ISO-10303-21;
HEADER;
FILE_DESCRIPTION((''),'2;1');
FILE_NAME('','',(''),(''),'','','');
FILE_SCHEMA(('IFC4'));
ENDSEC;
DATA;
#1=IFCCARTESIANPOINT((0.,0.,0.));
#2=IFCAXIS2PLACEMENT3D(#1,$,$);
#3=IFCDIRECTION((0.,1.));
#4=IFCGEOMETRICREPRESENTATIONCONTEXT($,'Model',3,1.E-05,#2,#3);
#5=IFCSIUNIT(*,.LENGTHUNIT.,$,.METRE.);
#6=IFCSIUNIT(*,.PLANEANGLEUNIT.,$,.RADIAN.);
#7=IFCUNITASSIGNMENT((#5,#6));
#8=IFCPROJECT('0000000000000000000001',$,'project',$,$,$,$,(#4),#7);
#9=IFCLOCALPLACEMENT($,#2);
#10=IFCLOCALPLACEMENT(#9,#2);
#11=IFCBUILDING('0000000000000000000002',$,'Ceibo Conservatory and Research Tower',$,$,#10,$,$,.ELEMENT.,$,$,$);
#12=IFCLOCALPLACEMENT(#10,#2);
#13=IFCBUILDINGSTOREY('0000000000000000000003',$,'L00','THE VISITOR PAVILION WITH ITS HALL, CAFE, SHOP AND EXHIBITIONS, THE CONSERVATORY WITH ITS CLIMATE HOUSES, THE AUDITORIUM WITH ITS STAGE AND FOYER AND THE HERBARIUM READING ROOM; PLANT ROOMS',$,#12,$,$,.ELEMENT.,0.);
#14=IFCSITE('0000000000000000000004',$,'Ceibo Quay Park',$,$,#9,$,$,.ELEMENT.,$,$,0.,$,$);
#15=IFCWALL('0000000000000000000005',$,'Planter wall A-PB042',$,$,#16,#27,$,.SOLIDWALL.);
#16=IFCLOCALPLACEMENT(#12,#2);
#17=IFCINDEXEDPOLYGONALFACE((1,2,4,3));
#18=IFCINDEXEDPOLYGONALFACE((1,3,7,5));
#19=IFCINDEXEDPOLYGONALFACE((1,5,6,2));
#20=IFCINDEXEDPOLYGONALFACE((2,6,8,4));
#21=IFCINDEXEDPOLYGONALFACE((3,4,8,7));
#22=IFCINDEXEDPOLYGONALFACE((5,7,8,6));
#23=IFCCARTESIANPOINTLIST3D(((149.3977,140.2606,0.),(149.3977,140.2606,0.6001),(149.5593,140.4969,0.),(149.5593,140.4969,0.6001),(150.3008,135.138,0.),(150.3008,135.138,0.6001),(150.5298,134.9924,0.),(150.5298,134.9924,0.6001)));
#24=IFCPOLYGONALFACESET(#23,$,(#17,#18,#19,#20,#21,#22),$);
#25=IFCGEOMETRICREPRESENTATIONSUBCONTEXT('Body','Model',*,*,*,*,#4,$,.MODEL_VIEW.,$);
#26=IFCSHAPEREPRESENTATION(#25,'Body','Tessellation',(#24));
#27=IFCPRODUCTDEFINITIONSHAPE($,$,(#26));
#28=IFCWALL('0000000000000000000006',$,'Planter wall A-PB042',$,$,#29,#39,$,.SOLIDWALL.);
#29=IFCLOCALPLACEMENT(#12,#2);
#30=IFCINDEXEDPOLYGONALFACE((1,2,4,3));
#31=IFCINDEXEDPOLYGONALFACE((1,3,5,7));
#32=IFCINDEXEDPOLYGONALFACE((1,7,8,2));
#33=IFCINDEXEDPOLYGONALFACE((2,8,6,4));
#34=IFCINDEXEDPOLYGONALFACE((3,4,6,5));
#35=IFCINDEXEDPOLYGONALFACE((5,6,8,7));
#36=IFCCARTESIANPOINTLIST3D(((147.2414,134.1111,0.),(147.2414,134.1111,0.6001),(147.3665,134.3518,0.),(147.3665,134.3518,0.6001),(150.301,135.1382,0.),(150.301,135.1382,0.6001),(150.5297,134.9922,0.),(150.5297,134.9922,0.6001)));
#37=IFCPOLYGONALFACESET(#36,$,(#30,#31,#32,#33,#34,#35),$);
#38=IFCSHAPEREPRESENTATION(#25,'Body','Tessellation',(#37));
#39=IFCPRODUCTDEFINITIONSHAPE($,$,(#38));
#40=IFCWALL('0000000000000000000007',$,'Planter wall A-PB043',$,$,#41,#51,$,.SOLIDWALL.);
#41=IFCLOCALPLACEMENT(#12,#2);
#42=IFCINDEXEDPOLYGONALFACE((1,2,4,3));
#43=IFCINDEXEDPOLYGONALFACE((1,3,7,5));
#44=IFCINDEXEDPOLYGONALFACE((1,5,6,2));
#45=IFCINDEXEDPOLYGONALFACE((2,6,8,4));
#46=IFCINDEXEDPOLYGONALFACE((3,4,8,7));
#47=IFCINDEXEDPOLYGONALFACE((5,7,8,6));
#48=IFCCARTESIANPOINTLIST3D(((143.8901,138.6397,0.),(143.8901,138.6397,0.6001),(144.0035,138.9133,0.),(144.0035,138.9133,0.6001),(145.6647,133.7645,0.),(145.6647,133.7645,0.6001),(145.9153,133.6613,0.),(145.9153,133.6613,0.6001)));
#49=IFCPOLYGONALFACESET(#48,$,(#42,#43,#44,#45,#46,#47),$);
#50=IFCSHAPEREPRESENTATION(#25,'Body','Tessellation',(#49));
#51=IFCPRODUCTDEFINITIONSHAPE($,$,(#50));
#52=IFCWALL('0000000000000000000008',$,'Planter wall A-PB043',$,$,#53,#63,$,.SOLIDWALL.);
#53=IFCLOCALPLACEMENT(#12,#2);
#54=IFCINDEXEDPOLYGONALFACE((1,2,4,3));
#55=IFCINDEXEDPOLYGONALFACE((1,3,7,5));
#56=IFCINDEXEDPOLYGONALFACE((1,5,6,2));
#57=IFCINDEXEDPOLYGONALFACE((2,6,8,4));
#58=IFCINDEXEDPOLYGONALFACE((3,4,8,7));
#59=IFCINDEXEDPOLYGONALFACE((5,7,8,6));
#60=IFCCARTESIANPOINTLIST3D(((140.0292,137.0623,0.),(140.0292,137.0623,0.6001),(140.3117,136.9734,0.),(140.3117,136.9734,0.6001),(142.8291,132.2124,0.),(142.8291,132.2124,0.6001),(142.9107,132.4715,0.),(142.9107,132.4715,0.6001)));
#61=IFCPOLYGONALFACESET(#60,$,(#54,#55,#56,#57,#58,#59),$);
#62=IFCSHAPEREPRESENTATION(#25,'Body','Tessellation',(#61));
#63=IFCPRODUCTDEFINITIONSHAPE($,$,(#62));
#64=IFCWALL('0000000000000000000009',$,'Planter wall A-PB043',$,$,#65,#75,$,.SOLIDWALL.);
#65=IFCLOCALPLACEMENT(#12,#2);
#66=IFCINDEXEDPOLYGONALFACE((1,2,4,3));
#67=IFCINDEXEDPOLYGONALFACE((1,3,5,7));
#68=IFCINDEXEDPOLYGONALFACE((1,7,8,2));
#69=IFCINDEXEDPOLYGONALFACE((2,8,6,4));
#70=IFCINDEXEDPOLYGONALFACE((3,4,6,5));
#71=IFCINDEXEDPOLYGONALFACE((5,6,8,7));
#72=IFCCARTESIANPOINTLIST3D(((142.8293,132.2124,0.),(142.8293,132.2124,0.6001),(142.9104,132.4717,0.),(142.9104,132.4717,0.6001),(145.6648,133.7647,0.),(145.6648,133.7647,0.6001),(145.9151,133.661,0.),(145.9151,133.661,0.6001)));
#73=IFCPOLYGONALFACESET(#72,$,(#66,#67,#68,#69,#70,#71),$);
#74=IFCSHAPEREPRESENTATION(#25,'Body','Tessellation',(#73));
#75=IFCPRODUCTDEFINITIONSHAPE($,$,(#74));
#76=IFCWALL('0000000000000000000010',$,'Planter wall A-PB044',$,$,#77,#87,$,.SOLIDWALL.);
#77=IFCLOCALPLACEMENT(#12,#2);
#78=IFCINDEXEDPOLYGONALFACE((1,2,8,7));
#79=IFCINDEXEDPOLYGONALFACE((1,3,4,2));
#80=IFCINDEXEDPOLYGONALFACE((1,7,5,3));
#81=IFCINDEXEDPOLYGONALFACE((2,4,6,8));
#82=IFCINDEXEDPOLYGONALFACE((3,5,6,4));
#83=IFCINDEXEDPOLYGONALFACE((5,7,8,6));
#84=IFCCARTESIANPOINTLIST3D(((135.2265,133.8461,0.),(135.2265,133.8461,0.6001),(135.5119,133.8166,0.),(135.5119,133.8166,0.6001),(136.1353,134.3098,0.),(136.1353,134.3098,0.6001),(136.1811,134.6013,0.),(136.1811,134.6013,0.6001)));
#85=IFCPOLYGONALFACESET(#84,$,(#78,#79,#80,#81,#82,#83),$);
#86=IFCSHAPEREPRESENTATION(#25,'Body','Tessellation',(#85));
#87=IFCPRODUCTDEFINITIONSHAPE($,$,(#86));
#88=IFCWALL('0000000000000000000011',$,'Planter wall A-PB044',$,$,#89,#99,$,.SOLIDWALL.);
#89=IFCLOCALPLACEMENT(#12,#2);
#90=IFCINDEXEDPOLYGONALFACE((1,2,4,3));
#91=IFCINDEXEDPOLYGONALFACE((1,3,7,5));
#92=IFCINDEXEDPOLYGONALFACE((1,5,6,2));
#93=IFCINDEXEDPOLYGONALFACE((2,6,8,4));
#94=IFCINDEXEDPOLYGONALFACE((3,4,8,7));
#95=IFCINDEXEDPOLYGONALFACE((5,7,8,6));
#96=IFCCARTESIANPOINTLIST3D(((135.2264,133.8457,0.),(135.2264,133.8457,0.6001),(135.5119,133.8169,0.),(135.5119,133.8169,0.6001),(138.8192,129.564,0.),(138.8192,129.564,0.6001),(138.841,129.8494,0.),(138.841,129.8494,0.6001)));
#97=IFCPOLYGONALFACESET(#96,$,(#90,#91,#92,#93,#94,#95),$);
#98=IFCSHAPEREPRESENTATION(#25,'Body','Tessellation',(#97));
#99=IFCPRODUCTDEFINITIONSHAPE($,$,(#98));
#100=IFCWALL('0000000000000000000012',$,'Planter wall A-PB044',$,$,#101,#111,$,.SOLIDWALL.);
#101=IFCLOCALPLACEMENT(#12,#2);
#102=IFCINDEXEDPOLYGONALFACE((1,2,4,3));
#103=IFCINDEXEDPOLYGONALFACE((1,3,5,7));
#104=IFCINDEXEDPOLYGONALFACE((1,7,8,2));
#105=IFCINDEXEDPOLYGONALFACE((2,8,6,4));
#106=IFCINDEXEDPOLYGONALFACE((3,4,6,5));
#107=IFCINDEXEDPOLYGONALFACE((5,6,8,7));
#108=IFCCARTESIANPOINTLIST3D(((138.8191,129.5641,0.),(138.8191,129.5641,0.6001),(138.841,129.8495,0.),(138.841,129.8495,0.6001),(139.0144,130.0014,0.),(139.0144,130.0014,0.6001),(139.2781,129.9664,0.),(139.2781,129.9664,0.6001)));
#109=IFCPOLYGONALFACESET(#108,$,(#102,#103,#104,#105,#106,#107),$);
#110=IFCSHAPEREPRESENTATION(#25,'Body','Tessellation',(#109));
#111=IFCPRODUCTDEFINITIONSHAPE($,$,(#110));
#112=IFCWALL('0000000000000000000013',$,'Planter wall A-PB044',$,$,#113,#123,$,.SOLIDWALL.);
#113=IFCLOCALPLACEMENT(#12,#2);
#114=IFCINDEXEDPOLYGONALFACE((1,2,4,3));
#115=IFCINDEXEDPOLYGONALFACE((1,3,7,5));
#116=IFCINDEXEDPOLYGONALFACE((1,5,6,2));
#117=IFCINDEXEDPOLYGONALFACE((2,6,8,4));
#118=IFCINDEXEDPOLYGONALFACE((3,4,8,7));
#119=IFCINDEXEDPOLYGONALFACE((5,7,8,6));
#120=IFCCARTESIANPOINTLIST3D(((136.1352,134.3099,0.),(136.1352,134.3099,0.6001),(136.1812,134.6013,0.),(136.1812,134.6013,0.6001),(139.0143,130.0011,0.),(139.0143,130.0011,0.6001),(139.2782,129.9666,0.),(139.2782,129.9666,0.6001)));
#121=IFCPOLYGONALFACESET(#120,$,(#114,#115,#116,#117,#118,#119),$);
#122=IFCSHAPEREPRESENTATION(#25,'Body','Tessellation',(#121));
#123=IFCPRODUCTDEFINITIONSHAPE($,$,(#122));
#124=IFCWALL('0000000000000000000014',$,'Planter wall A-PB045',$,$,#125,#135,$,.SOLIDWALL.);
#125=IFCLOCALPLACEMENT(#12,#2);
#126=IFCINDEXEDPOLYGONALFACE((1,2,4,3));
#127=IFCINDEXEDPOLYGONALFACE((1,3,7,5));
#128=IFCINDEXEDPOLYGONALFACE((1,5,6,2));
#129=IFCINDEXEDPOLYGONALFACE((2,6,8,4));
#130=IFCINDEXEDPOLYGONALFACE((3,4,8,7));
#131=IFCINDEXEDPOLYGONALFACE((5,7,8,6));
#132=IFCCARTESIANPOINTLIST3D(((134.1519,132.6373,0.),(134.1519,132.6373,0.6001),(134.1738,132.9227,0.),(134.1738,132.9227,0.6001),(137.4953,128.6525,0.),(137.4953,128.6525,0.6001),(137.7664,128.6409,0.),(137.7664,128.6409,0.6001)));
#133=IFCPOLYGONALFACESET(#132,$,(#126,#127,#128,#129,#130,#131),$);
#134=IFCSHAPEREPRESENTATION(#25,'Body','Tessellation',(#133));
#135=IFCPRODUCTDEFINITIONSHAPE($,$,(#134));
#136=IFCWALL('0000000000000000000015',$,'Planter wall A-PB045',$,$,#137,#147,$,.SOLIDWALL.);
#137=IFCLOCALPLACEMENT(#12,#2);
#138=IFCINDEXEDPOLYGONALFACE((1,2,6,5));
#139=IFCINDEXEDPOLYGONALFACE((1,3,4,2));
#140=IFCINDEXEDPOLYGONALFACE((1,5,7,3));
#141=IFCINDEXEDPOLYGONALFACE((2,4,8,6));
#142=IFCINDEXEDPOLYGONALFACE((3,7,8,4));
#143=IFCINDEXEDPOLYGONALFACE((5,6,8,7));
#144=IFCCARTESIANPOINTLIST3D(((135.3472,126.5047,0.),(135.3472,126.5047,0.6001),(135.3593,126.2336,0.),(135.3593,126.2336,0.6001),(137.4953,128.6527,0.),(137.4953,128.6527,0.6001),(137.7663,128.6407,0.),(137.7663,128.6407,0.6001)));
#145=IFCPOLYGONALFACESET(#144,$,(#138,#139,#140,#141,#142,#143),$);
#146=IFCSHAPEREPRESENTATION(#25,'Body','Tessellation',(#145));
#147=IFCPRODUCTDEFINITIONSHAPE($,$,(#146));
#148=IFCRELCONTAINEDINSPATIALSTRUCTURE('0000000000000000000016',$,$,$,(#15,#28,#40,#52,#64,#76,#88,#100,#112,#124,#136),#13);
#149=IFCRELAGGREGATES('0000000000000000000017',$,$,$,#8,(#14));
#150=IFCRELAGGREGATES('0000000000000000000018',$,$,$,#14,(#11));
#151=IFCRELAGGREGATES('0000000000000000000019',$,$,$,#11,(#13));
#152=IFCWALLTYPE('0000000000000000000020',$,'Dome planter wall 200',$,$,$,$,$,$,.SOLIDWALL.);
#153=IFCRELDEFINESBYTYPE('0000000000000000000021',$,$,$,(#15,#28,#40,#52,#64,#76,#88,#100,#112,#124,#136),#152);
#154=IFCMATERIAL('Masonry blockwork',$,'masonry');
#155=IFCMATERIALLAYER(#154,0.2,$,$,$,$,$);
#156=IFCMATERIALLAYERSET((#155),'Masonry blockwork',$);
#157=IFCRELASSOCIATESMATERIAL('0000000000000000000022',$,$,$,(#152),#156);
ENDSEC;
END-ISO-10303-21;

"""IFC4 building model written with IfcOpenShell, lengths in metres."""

from ifc_helpers import new_model, si_unit, direction, frame, origin, place, context, subcontext, project, spatial, polyline, outline, extrude, material, layer, layer_set, type_object, element, save


model = new_model("IFC4")

# Units and contexts
model_context = context("Model", 3, precision=1e-05, world=origin(), true_north=direction((0.0, 1.0)))
body_context = subcontext(model_context, "Body", "Model", "MODEL_VIEW")
ifc_project = project(units=[si_unit("LENGTHUNIT", "METRE"), si_unit("PLANEANGLEUNIT", "RADIAN")], contexts=[model_context])

# Site, building, storey
site_placement = place(None, origin())
site = spatial("IfcSite", under=ifc_project, at=site_placement, Name="Ceibo Quay Park", CompositionType="ELEMENT", RefElevation=0.0)
building_placement = place(site_placement, origin())
building = spatial("IfcBuilding", under=site, at=building_placement, Name="Ceibo Conservatory and Research Tower", CompositionType="ELEMENT")
storey_placement = place(building_placement, origin())
storey = spatial("IfcBuildingStorey", under=building, at=storey_placement, Name="L00", Description="THE VISITOR PAVILION WITH ITS HALL, CAFE, SHOP AND EXHIBITIONS, THE CONSERVATORY WITH ITS CLIMATE HOUSES, THE AUDITORIUM WITH ITS STAGE AND FOYER AND THE HERBARIUM READING ROOM; PLANT ROOMS", CompositionType="ELEMENT", Elevation=0.0)

# Walls
ifc_material_1 = material(Name="Masonry blockwork", Category="masonry")
ifc_layer_1 = layer(ifc_material_1, 0.2)
ifc_layer_set_1 = layer_set([ifc_layer_1], Name="Masonry blockwork")
wall_type_1 = type_object("IfcWallType", Name="Dome planter wall 200", PredefinedType="SOLIDWALL", material=ifc_layer_set_1)
wall_1_placement = place(storey_placement, frame((150.4153, 135.0652, 0.0), z_axis=(0.0, 0.0, 1.0), x_axis=(-0.173623, 0.984812, 0.0)))
element("IfcWall", 1, at=wall_1_placement, inside=storey, type_object=wall_type_1, Name="Planter wall A-PB042", PredefinedType="SOLIDWALL", context=body_context, shape_type="SweptSolid", body=[
    extrude(outline(polyline([(-0.0916, -0.1001), (5.4978, -0.1001), (5.2932, 0.1001), (0.0916, 0.1001), (-0.0916, -0.1001)])), origin(), (0.0, 0.0, 1.0), 0.6001),
])
wall_2_placement = place(storey_placement, frame((147.304, 134.2314, 0.0), z_axis=(0.0, 0.0, 1.0), x_axis=(0.965921, 0.258837, 0.0)))
element("IfcWall", 2, at=wall_2_placement, inside=storey, type_object=wall_type_1, Name="Planter wall A-PB042", PredefinedType="SOLIDWALL", context=body_context, shape_type="SweptSolid", body=[
    extrude(outline(polyline([(-0.0916, -0.1001), (3.3127, -0.1001), (3.1296, 0.1001), (0.0916, 0.1001), (-0.0916, -0.1001)])), origin(), (0.0, 0.0, 1.0), 0.6001),
])
wall_3_placement = place(storey_placement, frame((145.79, 133.7129, 0.0), z_axis=(0.0, 0.0, 1.0), x_axis=(-0.342056, 0.93968, 0.0)))
element("IfcWall", 3, at=wall_3_placement, inside=storey, type_object=wall_type_1, Name="Planter wall A-PB043", PredefinedType="SOLIDWALL", context=body_context, shape_type="SweptSolid", body=[
    extrude(outline(polyline([(-0.0913, -0.1001), (5.4978, -0.1001), (5.2795, 0.1001), (0.0913, 0.1001), (-0.0913, -0.1001)])), origin(), (0.0, 0.0, 1.0), 0.6001),
])
wall_4_placement = place(storey_placement, frame((140.1704, 137.0178, 0.0), z_axis=(0.0, 0.0, 1.0), x_axis=(0.499986, -0.866033, 0.0)))
element("IfcWall", 4, at=wall_4_placement, inside=storey, type_object=wall_type_1, Name="Planter wall A-PB043", PredefinedType="SOLIDWALL", context=body_context, shape_type="SweptSolid", body=[
    extrude(outline(polyline([(-0.1091, -0.1001), (5.491, -0.1001), (5.3074, 0.1001), (0.1091, 0.1001), (-0.1091, -0.1001)])), origin(), (0.0, 0.0, 1.0), 0.6001),
])
wall_5_placement = place(storey_placement, frame((142.8699, 132.342, 0.0), z_axis=(0.0, 0.0, 1.0), x_axis=(0.905218, 0.424948, 0.0)))
element("IfcWall", 5, at=wall_5_placement, inside=storey, type_object=wall_type_1, Name="Planter wall A-PB043", PredefinedType="SOLIDWALL", context=body_context, shape_type="SweptSolid", body=[
    extrude(outline(polyline([(-0.0918, -0.1001), (3.3171, -0.1001), (3.1345, 0.1001), (0.0918, 0.1001), (-0.0918, -0.1001)])), origin(), (0.0, 0.0, 1.0), 0.6001),
])
wall_6_placement = place(storey_placement, frame((136.1582, 134.4556, 0.0), z_axis=(0.0, 0.0, 1.0), x_axis=(-0.784243, -0.620454, 0.0)))
element("IfcWall", 6, at=wall_6_placement, inside=storey, type_object=wall_type_1, Name="Planter wall A-PB044", PredefinedType="SOLIDWALL", context=body_context, shape_type="SweptSolid", body=[
    extrude(outline(polyline([(-0.1084, -0.1001), (1.1089, -0.1001), (0.9033, 0.1001), (0.1084, 0.1001), (-0.1084, -0.1001)])), origin(), (0.0, 0.0, 1.0), 0.6001),
])
wall_7_placement = place(storey_placement, frame((135.3691, 133.8313, 0.0), z_axis=(0.0, 0.0, 1.0), x_axis=(0.642794, -0.766039, 0.0)))
element("IfcWall", 7, at=wall_7_placement, inside=storey, type_object=wall_type_1, Name="Planter wall A-PB044", PredefinedType="SOLIDWALL", context=body_context, shape_type="SweptSolid", body=[
    extrude(outline(polyline([(-0.1028, -0.1001), (5.4866, -0.1001), (5.282, 0.1001), (0.1028, 0.1001), (-0.1028, -0.1001)])), origin(), (0.0, 0.0, 1.0), 0.6001),
])
wall_8_placement = place(storey_placement, frame((138.8301, 129.7068, 0.0), z_axis=(0.0, 0.0, 1.0), x_axis=(0.752037, 0.659121, 0.0)))
element("IfcWall", 8, at=wall_8_placement, inside=storey, type_object=wall_type_1, Name="Planter wall A-PB044", PredefinedType="SOLIDWALL", context=body_context, shape_type="SweptSolid", body=[
    extrude(outline(polyline([(-0.1023, -0.1001), (0.5081, -0.1001), (0.3328, 0.1001), (0.1023, 0.1001), (-0.1023, -0.1001)])), origin(), (0.0, 0.0, 1.0), 0.6001),
])
wall_9_placement = place(storey_placement, frame((139.1462, 129.9839, 0.0), z_axis=(0.0, 0.0, 1.0), x_axis=(-0.55559, 0.831456, 0.0)))
element("IfcWall", 9, at=wall_9_placement, inside=storey, type_object=wall_type_1, Name="Planter wall A-PB044", PredefinedType="SOLIDWALL", context=body_context, shape_type="SweptSolid", body=[
    extrude(outline(polyline([(-0.0876, -0.1001), (5.4866, -0.1001), (5.2698, 0.1001), (0.0876, 0.1001), (-0.0876, -0.1001)])), origin(), (0.0, 0.0, 1.0), 0.6001),
])
wall_10_placement = place(storey_placement, frame((137.6309, 128.6467, 0.0), z_axis=(0.0, 0.0, 1.0), x_axis=(-0.642762, 0.766066, 0.0)))
element("IfcWall", 10, at=wall_10_placement, inside=storey, type_object=wall_type_1, Name="Planter wall A-PB045", PredefinedType="SOLIDWALL", context=body_context, shape_type="SweptSolid", body=[
    extrude(outline(polyline([(-0.0916, -0.1001), (5.4978, -0.1001), (5.2932, 0.1001), (0.0916, 0.1001), (-0.0916, -0.1001)])), origin(), (0.0, 0.0, 1.0), 0.6001),
])
wall_11_placement = place(storey_placement, frame((135.3533, 126.3691, 0.0), z_axis=(0.0, 0.0, 1.0), x_axis=(0.707107, 0.707107, 0.0)))
element("IfcWall", 11, at=wall_11_placement, inside=storey, type_object=wall_type_1, Name="Planter wall A-PB045", PredefinedType="SOLIDWALL", context=body_context, shape_type="SweptSolid", body=[
    extrude(outline(polyline([(-0.0916, -0.1001), (3.3125, -0.1001), (3.1294, 0.1001), (0.0916, 0.1001), (-0.0916, -0.1001)])), origin(), (0.0, 0.0, 1.0), 0.6001),
])

save(model, "model.ifc")
